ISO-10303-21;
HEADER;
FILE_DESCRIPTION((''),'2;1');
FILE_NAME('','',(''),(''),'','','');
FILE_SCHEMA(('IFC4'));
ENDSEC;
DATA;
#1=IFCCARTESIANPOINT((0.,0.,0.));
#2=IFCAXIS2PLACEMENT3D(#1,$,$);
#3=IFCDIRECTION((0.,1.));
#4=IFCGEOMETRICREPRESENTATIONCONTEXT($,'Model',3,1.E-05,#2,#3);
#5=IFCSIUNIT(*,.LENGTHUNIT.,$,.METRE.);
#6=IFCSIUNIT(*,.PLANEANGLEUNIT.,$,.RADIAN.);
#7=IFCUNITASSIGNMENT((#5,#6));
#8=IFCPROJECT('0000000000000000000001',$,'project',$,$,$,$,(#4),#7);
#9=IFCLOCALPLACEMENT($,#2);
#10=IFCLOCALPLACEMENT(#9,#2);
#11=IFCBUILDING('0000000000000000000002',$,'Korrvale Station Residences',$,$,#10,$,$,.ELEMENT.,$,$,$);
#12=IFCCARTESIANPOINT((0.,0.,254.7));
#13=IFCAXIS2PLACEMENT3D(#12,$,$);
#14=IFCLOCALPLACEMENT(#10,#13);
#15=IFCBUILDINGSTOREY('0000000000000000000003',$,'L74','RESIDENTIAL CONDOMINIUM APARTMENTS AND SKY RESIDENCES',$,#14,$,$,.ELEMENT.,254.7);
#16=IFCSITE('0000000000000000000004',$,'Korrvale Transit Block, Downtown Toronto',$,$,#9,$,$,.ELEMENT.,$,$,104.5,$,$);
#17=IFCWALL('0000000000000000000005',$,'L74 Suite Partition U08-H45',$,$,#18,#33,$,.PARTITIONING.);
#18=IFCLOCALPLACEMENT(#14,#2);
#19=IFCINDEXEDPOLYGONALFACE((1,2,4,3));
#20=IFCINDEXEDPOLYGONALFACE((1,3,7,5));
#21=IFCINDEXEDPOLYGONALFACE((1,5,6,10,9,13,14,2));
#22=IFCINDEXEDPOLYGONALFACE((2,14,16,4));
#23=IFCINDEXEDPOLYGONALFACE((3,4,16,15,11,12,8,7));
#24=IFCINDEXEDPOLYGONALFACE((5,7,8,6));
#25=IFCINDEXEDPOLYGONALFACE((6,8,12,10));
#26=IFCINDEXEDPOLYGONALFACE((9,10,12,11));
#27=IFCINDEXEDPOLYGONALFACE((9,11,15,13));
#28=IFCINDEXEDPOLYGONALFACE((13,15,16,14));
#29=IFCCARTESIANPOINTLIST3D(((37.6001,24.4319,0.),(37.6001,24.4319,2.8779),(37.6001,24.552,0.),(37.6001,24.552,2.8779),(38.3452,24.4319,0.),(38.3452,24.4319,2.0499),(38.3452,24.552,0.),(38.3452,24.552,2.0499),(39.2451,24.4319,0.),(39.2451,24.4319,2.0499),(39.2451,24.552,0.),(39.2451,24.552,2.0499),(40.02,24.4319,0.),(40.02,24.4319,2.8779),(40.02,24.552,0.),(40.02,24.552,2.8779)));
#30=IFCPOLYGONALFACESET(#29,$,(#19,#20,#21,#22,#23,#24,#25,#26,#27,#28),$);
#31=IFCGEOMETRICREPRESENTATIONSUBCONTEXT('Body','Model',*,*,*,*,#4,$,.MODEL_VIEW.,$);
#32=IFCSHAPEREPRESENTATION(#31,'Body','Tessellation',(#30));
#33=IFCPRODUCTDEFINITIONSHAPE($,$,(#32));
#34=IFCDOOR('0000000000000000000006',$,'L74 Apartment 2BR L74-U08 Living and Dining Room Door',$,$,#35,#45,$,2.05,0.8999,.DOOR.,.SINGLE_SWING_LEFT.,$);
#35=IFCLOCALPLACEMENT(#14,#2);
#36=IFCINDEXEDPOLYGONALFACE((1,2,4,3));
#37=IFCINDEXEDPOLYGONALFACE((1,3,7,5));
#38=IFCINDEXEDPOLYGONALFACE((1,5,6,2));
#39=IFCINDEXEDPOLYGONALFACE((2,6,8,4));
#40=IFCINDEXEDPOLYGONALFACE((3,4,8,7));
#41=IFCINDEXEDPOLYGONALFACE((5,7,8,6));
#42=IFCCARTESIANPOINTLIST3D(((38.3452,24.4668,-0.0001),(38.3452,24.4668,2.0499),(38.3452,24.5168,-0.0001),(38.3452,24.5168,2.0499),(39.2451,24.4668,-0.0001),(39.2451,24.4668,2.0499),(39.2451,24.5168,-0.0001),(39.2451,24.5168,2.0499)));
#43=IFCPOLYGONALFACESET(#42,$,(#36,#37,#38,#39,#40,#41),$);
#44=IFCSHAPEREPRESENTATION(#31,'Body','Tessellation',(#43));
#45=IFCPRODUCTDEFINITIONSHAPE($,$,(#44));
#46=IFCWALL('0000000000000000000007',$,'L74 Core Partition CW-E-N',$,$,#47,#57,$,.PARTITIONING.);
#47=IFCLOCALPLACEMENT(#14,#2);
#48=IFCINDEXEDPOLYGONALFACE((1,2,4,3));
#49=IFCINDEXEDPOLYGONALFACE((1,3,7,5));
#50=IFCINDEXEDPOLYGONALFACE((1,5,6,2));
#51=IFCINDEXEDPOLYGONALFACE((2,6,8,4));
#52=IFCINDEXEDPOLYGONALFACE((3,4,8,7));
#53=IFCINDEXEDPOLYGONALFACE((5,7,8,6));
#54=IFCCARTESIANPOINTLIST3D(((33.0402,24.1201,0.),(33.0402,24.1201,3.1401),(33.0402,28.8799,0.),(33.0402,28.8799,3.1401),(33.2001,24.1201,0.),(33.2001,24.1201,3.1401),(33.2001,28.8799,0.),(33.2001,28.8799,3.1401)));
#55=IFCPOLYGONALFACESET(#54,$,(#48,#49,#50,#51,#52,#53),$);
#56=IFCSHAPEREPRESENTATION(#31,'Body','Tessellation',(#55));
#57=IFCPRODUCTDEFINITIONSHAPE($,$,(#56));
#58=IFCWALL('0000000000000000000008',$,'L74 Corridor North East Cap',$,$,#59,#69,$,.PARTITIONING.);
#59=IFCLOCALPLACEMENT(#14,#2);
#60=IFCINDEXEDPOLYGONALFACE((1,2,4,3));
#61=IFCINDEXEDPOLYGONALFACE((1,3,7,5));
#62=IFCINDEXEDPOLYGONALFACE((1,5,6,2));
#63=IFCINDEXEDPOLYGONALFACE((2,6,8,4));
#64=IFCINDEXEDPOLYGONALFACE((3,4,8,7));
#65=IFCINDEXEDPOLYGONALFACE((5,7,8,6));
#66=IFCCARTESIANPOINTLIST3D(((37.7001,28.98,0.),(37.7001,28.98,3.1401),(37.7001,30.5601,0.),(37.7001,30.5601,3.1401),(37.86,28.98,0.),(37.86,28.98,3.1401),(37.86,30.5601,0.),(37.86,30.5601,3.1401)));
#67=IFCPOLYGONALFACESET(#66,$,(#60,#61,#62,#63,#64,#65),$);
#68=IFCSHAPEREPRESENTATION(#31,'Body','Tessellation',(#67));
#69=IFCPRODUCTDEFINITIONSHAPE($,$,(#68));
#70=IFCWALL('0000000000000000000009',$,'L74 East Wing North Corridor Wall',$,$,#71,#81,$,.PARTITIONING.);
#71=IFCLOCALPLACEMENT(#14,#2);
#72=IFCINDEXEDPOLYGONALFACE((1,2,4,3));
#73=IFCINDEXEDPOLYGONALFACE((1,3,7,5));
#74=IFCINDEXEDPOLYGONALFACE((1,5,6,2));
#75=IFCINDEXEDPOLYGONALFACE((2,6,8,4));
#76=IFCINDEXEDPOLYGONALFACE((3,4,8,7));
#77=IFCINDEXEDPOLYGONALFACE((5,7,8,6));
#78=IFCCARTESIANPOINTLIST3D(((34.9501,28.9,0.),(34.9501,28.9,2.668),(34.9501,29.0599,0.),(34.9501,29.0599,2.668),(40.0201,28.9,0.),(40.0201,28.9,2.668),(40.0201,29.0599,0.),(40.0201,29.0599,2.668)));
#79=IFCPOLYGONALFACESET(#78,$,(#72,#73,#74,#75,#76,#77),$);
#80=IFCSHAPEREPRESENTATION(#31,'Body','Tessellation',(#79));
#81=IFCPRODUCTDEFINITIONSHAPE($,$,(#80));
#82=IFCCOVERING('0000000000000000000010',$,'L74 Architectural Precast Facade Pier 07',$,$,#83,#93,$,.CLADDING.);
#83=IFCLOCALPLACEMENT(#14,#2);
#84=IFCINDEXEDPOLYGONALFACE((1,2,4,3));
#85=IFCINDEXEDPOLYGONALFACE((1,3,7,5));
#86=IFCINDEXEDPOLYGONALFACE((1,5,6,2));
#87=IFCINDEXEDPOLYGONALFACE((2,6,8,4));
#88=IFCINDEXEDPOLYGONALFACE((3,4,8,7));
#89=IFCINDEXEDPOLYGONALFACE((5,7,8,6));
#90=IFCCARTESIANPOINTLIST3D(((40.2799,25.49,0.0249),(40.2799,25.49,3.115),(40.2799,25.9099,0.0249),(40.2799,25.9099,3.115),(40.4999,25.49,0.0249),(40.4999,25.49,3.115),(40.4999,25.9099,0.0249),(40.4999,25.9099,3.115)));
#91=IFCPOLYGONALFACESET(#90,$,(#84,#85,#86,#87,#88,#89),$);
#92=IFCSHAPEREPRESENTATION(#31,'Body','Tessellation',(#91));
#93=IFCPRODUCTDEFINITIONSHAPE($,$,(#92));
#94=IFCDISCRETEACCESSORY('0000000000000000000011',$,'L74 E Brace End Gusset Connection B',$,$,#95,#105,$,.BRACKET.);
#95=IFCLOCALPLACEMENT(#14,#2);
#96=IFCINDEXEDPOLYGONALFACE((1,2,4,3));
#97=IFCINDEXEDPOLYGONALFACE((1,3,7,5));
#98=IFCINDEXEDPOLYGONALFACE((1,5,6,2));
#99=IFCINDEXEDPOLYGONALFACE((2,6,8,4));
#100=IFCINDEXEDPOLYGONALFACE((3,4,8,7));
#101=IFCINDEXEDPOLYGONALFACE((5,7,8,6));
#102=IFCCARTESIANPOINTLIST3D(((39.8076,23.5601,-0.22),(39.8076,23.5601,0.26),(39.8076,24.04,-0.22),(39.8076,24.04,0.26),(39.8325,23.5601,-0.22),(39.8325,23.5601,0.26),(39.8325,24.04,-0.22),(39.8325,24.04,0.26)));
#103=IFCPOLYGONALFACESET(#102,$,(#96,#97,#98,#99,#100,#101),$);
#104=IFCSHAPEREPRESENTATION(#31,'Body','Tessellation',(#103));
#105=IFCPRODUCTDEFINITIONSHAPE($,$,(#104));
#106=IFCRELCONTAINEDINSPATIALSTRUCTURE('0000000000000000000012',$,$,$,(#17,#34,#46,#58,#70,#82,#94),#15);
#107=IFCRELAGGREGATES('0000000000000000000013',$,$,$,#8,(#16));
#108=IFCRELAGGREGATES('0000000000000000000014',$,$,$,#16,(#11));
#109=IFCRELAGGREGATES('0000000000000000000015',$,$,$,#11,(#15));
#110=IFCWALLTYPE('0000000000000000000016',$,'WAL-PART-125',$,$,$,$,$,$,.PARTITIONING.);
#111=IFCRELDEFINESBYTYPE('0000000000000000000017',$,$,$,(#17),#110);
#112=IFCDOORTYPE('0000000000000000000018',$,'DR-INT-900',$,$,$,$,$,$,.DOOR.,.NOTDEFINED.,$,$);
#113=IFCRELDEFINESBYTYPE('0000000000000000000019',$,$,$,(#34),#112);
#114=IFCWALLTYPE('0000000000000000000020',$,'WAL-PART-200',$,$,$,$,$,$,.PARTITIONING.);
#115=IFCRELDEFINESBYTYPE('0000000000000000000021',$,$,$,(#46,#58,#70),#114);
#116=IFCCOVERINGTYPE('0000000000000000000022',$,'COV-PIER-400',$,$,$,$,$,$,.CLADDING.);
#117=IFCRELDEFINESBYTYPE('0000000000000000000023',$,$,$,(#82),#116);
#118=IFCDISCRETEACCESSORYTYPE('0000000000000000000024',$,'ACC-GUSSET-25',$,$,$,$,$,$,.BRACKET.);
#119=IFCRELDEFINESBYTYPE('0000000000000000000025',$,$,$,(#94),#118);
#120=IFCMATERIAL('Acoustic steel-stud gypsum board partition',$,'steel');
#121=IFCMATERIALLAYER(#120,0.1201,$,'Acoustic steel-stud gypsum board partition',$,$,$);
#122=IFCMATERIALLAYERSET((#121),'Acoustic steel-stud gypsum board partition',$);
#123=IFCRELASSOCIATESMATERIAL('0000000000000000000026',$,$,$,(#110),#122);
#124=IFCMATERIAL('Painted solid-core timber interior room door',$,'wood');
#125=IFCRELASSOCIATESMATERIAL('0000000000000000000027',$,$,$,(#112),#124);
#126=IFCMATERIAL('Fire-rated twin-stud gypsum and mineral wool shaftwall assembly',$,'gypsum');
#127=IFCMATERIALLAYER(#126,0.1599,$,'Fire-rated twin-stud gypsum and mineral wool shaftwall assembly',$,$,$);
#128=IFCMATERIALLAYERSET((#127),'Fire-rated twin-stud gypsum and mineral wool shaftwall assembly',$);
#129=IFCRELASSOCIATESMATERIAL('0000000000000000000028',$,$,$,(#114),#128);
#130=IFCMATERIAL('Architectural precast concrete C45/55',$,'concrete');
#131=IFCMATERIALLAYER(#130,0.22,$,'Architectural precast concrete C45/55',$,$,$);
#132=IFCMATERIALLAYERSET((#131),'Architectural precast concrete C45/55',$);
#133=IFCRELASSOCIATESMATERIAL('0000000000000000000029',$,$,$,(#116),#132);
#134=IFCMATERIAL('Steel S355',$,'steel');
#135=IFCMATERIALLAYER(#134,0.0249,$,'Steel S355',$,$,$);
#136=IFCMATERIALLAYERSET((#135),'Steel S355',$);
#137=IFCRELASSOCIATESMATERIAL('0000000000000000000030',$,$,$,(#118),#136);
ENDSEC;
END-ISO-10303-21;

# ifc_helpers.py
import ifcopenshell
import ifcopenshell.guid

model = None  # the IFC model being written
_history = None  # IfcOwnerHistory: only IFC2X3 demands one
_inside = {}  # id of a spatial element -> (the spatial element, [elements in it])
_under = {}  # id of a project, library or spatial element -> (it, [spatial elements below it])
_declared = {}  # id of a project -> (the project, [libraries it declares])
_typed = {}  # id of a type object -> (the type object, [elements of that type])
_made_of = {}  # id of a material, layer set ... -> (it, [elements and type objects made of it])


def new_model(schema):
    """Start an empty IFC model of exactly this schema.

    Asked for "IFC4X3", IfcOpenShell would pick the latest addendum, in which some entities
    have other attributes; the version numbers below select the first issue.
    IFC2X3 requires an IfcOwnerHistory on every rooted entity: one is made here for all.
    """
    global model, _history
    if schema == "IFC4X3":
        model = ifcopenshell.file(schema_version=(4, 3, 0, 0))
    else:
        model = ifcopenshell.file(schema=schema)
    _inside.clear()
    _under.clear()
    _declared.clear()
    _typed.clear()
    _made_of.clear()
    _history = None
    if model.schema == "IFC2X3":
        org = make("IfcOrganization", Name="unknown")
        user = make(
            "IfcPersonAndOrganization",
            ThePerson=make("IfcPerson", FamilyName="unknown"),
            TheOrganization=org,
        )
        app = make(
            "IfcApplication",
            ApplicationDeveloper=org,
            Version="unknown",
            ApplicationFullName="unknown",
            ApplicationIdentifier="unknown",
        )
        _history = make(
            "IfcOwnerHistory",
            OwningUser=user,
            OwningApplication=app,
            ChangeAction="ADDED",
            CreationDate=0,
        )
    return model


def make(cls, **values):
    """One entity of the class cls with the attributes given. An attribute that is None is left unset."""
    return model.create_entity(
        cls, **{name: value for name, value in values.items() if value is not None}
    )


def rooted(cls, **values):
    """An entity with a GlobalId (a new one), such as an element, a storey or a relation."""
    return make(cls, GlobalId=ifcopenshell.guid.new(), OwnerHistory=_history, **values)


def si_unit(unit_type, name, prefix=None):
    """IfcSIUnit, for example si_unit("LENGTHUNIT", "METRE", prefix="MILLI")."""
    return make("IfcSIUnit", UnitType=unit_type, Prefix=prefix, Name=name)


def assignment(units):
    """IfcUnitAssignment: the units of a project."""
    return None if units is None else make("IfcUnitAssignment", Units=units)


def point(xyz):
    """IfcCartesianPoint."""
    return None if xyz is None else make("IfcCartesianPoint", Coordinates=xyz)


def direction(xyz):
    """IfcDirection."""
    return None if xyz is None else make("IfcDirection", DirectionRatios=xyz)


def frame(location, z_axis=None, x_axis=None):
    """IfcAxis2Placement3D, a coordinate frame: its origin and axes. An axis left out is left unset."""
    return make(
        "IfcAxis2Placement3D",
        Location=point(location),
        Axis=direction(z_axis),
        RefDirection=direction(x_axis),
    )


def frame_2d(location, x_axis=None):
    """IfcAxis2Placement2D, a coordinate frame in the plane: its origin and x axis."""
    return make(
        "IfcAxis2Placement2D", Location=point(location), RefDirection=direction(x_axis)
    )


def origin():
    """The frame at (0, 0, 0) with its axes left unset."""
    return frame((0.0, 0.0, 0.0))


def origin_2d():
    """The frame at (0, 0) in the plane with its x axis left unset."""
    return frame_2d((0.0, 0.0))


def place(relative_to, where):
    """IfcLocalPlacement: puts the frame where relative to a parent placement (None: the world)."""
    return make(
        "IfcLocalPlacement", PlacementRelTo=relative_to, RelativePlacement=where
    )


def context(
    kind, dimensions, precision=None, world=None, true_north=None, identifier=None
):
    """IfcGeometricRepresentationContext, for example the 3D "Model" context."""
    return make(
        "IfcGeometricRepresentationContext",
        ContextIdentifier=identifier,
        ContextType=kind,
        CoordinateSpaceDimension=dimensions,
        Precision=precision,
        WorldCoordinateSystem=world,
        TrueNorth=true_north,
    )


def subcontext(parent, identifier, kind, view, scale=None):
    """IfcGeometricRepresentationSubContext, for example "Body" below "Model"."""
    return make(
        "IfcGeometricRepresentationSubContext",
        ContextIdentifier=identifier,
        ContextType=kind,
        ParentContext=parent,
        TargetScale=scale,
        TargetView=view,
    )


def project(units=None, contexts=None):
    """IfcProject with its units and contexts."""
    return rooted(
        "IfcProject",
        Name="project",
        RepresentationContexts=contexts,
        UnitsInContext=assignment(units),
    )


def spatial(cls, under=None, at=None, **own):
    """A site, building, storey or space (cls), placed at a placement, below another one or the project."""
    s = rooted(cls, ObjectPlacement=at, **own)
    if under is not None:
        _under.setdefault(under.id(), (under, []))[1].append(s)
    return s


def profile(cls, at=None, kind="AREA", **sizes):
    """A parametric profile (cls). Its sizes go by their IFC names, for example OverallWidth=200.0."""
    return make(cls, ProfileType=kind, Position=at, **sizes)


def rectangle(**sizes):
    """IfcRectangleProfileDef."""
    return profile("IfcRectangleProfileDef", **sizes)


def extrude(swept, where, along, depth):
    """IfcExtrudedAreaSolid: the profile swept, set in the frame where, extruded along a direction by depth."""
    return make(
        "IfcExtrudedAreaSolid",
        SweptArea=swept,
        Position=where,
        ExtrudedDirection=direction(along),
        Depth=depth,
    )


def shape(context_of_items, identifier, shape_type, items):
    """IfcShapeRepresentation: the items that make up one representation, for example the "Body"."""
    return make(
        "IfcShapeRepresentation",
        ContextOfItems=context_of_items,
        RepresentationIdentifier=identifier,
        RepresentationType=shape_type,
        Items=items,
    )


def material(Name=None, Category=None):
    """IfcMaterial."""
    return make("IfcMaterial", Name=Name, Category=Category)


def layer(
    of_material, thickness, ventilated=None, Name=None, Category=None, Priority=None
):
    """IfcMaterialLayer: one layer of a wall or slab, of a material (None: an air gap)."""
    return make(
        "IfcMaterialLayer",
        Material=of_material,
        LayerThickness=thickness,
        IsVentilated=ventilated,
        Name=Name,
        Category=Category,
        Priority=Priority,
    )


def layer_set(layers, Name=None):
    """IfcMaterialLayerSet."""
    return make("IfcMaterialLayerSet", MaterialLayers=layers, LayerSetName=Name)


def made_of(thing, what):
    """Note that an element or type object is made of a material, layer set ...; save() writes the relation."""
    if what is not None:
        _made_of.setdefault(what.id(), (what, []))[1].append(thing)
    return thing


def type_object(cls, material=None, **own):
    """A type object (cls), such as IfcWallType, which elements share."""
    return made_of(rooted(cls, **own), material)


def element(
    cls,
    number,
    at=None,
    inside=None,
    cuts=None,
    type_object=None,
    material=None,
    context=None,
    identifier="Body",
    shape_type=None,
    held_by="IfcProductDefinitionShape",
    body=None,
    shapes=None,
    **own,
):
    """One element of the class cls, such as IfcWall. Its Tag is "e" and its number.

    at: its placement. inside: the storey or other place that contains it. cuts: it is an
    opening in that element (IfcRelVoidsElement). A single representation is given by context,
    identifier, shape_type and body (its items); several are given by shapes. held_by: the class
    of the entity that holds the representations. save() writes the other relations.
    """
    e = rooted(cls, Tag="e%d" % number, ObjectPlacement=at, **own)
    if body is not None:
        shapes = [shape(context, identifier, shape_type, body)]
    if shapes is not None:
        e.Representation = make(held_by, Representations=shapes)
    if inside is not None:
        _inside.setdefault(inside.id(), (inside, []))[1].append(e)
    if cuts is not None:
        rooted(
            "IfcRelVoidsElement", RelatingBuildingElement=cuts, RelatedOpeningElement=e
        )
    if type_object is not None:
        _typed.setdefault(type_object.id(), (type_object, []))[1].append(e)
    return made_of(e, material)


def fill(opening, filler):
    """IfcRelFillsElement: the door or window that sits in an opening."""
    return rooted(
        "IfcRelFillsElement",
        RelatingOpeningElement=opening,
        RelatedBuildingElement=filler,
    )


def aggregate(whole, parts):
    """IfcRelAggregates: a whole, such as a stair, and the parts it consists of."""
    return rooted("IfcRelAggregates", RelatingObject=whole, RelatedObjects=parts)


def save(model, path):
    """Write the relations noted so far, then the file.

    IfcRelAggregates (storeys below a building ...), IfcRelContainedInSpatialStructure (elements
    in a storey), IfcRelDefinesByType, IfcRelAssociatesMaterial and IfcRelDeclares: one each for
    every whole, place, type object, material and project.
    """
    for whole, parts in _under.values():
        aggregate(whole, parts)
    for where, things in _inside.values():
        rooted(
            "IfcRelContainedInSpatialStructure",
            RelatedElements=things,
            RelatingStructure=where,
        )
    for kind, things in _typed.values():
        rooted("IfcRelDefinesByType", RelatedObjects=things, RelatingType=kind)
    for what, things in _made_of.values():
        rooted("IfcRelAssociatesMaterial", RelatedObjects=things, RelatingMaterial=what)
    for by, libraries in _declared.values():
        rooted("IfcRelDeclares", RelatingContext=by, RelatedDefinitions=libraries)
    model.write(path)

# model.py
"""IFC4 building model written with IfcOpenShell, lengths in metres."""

from ifc_helpers import new_model, si_unit, direction, frame, frame_2d, origin, origin_2d, place, context, subcontext, project, spatial, rectangle, extrude, material, layer, layer_set, type_object, element, fill, save


model = new_model("IFC4")

# Units and contexts
model_context = context("Model", 3, precision=1e-05, world=origin(), true_north=direction((0.0, 1.0)))
body_context = subcontext(model_context, "Body", "Model", "MODEL_VIEW")
ifc_project = project(units=[si_unit("LENGTHUNIT", "METRE"), si_unit("PLANEANGLEUNIT", "RADIAN")], contexts=[model_context])

# Site, building, storey
site_placement = place(None, origin())
site = spatial("IfcSite", under=ifc_project, at=site_placement, Name="Korrvale Transit Block, Downtown Toronto", CompositionType="ELEMENT", RefElevation=104.5)
building_placement = place(site_placement, origin())
building = spatial("IfcBuilding", under=site, at=building_placement, Name="Korrvale Station Residences", CompositionType="ELEMENT")
storey_placement = place(building_placement, frame((0.0, 0.0, 254.7)))
storey = spatial("IfcBuildingStorey", under=building, at=storey_placement, Name="L74", Description="RESIDENTIAL CONDOMINIUM APARTMENTS AND SKY RESIDENCES", CompositionType="ELEMENT", Elevation=254.7)

# Shared definitions
ifc_material_1 = material(Name="Steel S355", Category="steel")

# Wall, opening, door
ifc_material_2 = material(Name="Acoustic steel-stud gypsum board partition", Category="steel")
ifc_layer_1 = layer(ifc_material_2, 0.1201, Name="Acoustic steel-stud gypsum board partition")
ifc_layer_set_1 = layer_set([ifc_layer_1], Name="Acoustic steel-stud gypsum board partition")
wall_type_1 = type_object("IfcWallType", Name="WAL-PART-125", PredefinedType="PARTITIONING", material=ifc_layer_set_1)
ifc_material_3 = material(Name="Painted solid-core timber interior room door", Category="wood")
door_type = type_object("IfcDoorType", Name="DR-INT-900", OperationType="NOTDEFINED", PredefinedType="DOOR", material=ifc_material_3)
wall_1_placement = place(storey_placement, frame((37.6001, 24.4919, 0.0), z_axis=(0.0, 0.0, 1.0), x_axis=(1.0, 0.0, 0.0)))
wall_1 = element("IfcWall", 1, at=wall_1_placement, inside=storey, type_object=wall_type_1, Name="L74 Suite Partition U08-H45", PredefinedType="PARTITIONING", context=body_context, shape_type="SweptSolid", body=[
    extrude(rectangle(XDim=2.4199, YDim=0.1201, at=frame_2d((1.21, 0.0))), origin(), (0.0, 0.0, 1.0), 2.8779),
])
opening_1_placement = place(wall_1_placement, frame((0.7451, 0.0, 0.0)))
opening_1 = element("IfcOpeningElement", 2, at=opening_1_placement, cuts=wall_1, PredefinedType="OPENING", context=body_context, shape_type="SweptSolid", body=[
    extrude(rectangle(XDim=0.8999, YDim=2.05, at=frame_2d((0.45, 1.0249))), frame((0.0, 0.0701, 0.0), z_axis=(0.0, -1.0, 0.0), x_axis=(1.0, 0.0, 0.0)), (0.0, 0.0, 1.0), 0.1401),
])
door_1_placement = place(opening_1_placement, origin())
door_1 = element("IfcDoor", 3, at=door_1_placement, inside=storey, type_object=door_type, Name="L74 Apartment 2BR L74-U08 Living and Dining Room Door", OperationType="SINGLE_SWING_LEFT", OverallHeight=2.05, OverallWidth=0.8999, PredefinedType="DOOR", context=body_context, shape_type="SweptSolid", body=[
    extrude(rectangle(XDim=0.8999, YDim=2.05, at=frame_2d((0.45, 1.0249))), frame((0.0, 0.0249, 0.0), z_axis=(0.0, -1.0, 0.0), x_axis=(1.0, 0.0, 0.0)), (0.0, 0.0, 1.0), 0.05),
])
fill(opening_1, door_1)

# Walls
ifc_material_4 = material(Name="Fire-rated twin-stud gypsum and mineral wool shaftwall assembly", Category="gypsum")
ifc_layer_2 = layer(ifc_material_4, 0.1599, Name="Fire-rated twin-stud gypsum and mineral wool shaftwall assembly")
ifc_layer_set_2 = layer_set([ifc_layer_2], Name="Fire-rated twin-stud gypsum and mineral wool shaftwall assembly")
wall_type_2 = type_object("IfcWallType", Name="WAL-PART-200", PredefinedType="PARTITIONING", material=ifc_layer_set_2)
wall_2_placement = place(storey_placement, frame((33.1201, 24.1201, 0.0), z_axis=(0.0, 0.0, 1.0), x_axis=(0.0, 1.0, 0.0)))
element("IfcWall", 4, at=wall_2_placement, inside=storey, type_object=wall_type_2, Name="L74 Core Partition CW-E-N", PredefinedType="PARTITIONING", context=body_context, shape_type="SweptSolid", body=[
    extrude(rectangle(XDim=4.7598, YDim=0.1599, at=frame_2d((2.3799, 0.0))), origin(), (0.0, 0.0, 1.0), 3.1401),
])
wall_3_placement = place(storey_placement, frame((37.78, 28.98, 0.0), z_axis=(0.0, 0.0, 1.0), x_axis=(0.0, 1.0, 0.0)))
element("IfcWall", 5, at=wall_3_placement, inside=storey, type_object=wall_type_2, Name="L74 Corridor North East Cap", PredefinedType="PARTITIONING", context=body_context, shape_type="SweptSolid", body=[
    extrude(rectangle(XDim=1.5801, YDim=0.1599, at=frame_2d((0.79, 0.0))), origin(), (0.0, 0.0, 1.0), 3.1401),
])
wall_4_placement = place(storey_placement, frame((34.95, 28.98, 0.0), z_axis=(0.0, 0.0, 1.0), x_axis=(1.0, 0.0, 0.0)))
element("IfcWall", 6, at=wall_4_placement, inside=storey, type_object=wall_type_2, Name="L74 East Wing North Corridor Wall", PredefinedType="PARTITIONING", context=body_context, shape_type="SweptSolid", body=[
    extrude(rectangle(XDim=5.0701, YDim=0.1599, at=frame_2d((2.5352, 0.0))), origin(), (0.0, 0.0, 1.0), 2.668),
])

# Covering
ifc_material_5 = material(Name="Architectural precast concrete C45/55", Category="concrete")
ifc_layer_3 = layer(ifc_material_5, 0.22, Name="Architectural precast concrete C45/55")
ifc_layer_set_3 = layer_set([ifc_layer_3], Name="Architectural precast concrete C45/55")
covering_type = type_object("IfcCoveringType", Name="COV-PIER-400", PredefinedType="CLADDING", material=ifc_layer_set_3)
covering_placement = place(storey_placement, frame((40.3899, 25.7, 0.0249), z_axis=(0.0, 0.0, 1.0), x_axis=(0.0, 1.0, 0.0)))
element("IfcCovering", 7, at=covering_placement, inside=storey, type_object=covering_type, Name="L74 Architectural Precast Facade Pier 07", PredefinedType="CLADDING", context=body_context, shape_type="SweptSolid", body=[
    extrude(rectangle(XDim=0.4199, YDim=0.22, at=origin_2d()), origin(), (0.0, 0.0, 1.0), 3.0901),
])

# Discrete accessory
ifc_layer_4 = layer(ifc_material_1, 0.0249, Name="Steel S355")
ifc_layer_set_4 = layer_set([ifc_layer_4], Name="Steel S355")
discrete_accessory_type = type_object("IfcDiscreteAccessoryType", Name="ACC-GUSSET-25", PredefinedType="BRACKET", material=ifc_layer_set_4)
discrete_accessory_placement = place(storey_placement, frame((39.8201, 23.8, -0.22), z_axis=(0.0, 0.0, 1.0), x_axis=(0.0, 1.0, 0.0)))
element("IfcDiscreteAccessory", 8, at=discrete_accessory_placement, inside=storey, type_object=discrete_accessory_type, Name="L74 E Brace End Gusset Connection B", PredefinedType="BRACKET", context=body_context, shape_type="SweptSolid", body=[
    extrude(rectangle(XDim=0.48, YDim=0.0249, at=origin_2d()), origin(), (0.0, 0.0, 1.0), 0.48),
])

save(model, "model.ifc")
